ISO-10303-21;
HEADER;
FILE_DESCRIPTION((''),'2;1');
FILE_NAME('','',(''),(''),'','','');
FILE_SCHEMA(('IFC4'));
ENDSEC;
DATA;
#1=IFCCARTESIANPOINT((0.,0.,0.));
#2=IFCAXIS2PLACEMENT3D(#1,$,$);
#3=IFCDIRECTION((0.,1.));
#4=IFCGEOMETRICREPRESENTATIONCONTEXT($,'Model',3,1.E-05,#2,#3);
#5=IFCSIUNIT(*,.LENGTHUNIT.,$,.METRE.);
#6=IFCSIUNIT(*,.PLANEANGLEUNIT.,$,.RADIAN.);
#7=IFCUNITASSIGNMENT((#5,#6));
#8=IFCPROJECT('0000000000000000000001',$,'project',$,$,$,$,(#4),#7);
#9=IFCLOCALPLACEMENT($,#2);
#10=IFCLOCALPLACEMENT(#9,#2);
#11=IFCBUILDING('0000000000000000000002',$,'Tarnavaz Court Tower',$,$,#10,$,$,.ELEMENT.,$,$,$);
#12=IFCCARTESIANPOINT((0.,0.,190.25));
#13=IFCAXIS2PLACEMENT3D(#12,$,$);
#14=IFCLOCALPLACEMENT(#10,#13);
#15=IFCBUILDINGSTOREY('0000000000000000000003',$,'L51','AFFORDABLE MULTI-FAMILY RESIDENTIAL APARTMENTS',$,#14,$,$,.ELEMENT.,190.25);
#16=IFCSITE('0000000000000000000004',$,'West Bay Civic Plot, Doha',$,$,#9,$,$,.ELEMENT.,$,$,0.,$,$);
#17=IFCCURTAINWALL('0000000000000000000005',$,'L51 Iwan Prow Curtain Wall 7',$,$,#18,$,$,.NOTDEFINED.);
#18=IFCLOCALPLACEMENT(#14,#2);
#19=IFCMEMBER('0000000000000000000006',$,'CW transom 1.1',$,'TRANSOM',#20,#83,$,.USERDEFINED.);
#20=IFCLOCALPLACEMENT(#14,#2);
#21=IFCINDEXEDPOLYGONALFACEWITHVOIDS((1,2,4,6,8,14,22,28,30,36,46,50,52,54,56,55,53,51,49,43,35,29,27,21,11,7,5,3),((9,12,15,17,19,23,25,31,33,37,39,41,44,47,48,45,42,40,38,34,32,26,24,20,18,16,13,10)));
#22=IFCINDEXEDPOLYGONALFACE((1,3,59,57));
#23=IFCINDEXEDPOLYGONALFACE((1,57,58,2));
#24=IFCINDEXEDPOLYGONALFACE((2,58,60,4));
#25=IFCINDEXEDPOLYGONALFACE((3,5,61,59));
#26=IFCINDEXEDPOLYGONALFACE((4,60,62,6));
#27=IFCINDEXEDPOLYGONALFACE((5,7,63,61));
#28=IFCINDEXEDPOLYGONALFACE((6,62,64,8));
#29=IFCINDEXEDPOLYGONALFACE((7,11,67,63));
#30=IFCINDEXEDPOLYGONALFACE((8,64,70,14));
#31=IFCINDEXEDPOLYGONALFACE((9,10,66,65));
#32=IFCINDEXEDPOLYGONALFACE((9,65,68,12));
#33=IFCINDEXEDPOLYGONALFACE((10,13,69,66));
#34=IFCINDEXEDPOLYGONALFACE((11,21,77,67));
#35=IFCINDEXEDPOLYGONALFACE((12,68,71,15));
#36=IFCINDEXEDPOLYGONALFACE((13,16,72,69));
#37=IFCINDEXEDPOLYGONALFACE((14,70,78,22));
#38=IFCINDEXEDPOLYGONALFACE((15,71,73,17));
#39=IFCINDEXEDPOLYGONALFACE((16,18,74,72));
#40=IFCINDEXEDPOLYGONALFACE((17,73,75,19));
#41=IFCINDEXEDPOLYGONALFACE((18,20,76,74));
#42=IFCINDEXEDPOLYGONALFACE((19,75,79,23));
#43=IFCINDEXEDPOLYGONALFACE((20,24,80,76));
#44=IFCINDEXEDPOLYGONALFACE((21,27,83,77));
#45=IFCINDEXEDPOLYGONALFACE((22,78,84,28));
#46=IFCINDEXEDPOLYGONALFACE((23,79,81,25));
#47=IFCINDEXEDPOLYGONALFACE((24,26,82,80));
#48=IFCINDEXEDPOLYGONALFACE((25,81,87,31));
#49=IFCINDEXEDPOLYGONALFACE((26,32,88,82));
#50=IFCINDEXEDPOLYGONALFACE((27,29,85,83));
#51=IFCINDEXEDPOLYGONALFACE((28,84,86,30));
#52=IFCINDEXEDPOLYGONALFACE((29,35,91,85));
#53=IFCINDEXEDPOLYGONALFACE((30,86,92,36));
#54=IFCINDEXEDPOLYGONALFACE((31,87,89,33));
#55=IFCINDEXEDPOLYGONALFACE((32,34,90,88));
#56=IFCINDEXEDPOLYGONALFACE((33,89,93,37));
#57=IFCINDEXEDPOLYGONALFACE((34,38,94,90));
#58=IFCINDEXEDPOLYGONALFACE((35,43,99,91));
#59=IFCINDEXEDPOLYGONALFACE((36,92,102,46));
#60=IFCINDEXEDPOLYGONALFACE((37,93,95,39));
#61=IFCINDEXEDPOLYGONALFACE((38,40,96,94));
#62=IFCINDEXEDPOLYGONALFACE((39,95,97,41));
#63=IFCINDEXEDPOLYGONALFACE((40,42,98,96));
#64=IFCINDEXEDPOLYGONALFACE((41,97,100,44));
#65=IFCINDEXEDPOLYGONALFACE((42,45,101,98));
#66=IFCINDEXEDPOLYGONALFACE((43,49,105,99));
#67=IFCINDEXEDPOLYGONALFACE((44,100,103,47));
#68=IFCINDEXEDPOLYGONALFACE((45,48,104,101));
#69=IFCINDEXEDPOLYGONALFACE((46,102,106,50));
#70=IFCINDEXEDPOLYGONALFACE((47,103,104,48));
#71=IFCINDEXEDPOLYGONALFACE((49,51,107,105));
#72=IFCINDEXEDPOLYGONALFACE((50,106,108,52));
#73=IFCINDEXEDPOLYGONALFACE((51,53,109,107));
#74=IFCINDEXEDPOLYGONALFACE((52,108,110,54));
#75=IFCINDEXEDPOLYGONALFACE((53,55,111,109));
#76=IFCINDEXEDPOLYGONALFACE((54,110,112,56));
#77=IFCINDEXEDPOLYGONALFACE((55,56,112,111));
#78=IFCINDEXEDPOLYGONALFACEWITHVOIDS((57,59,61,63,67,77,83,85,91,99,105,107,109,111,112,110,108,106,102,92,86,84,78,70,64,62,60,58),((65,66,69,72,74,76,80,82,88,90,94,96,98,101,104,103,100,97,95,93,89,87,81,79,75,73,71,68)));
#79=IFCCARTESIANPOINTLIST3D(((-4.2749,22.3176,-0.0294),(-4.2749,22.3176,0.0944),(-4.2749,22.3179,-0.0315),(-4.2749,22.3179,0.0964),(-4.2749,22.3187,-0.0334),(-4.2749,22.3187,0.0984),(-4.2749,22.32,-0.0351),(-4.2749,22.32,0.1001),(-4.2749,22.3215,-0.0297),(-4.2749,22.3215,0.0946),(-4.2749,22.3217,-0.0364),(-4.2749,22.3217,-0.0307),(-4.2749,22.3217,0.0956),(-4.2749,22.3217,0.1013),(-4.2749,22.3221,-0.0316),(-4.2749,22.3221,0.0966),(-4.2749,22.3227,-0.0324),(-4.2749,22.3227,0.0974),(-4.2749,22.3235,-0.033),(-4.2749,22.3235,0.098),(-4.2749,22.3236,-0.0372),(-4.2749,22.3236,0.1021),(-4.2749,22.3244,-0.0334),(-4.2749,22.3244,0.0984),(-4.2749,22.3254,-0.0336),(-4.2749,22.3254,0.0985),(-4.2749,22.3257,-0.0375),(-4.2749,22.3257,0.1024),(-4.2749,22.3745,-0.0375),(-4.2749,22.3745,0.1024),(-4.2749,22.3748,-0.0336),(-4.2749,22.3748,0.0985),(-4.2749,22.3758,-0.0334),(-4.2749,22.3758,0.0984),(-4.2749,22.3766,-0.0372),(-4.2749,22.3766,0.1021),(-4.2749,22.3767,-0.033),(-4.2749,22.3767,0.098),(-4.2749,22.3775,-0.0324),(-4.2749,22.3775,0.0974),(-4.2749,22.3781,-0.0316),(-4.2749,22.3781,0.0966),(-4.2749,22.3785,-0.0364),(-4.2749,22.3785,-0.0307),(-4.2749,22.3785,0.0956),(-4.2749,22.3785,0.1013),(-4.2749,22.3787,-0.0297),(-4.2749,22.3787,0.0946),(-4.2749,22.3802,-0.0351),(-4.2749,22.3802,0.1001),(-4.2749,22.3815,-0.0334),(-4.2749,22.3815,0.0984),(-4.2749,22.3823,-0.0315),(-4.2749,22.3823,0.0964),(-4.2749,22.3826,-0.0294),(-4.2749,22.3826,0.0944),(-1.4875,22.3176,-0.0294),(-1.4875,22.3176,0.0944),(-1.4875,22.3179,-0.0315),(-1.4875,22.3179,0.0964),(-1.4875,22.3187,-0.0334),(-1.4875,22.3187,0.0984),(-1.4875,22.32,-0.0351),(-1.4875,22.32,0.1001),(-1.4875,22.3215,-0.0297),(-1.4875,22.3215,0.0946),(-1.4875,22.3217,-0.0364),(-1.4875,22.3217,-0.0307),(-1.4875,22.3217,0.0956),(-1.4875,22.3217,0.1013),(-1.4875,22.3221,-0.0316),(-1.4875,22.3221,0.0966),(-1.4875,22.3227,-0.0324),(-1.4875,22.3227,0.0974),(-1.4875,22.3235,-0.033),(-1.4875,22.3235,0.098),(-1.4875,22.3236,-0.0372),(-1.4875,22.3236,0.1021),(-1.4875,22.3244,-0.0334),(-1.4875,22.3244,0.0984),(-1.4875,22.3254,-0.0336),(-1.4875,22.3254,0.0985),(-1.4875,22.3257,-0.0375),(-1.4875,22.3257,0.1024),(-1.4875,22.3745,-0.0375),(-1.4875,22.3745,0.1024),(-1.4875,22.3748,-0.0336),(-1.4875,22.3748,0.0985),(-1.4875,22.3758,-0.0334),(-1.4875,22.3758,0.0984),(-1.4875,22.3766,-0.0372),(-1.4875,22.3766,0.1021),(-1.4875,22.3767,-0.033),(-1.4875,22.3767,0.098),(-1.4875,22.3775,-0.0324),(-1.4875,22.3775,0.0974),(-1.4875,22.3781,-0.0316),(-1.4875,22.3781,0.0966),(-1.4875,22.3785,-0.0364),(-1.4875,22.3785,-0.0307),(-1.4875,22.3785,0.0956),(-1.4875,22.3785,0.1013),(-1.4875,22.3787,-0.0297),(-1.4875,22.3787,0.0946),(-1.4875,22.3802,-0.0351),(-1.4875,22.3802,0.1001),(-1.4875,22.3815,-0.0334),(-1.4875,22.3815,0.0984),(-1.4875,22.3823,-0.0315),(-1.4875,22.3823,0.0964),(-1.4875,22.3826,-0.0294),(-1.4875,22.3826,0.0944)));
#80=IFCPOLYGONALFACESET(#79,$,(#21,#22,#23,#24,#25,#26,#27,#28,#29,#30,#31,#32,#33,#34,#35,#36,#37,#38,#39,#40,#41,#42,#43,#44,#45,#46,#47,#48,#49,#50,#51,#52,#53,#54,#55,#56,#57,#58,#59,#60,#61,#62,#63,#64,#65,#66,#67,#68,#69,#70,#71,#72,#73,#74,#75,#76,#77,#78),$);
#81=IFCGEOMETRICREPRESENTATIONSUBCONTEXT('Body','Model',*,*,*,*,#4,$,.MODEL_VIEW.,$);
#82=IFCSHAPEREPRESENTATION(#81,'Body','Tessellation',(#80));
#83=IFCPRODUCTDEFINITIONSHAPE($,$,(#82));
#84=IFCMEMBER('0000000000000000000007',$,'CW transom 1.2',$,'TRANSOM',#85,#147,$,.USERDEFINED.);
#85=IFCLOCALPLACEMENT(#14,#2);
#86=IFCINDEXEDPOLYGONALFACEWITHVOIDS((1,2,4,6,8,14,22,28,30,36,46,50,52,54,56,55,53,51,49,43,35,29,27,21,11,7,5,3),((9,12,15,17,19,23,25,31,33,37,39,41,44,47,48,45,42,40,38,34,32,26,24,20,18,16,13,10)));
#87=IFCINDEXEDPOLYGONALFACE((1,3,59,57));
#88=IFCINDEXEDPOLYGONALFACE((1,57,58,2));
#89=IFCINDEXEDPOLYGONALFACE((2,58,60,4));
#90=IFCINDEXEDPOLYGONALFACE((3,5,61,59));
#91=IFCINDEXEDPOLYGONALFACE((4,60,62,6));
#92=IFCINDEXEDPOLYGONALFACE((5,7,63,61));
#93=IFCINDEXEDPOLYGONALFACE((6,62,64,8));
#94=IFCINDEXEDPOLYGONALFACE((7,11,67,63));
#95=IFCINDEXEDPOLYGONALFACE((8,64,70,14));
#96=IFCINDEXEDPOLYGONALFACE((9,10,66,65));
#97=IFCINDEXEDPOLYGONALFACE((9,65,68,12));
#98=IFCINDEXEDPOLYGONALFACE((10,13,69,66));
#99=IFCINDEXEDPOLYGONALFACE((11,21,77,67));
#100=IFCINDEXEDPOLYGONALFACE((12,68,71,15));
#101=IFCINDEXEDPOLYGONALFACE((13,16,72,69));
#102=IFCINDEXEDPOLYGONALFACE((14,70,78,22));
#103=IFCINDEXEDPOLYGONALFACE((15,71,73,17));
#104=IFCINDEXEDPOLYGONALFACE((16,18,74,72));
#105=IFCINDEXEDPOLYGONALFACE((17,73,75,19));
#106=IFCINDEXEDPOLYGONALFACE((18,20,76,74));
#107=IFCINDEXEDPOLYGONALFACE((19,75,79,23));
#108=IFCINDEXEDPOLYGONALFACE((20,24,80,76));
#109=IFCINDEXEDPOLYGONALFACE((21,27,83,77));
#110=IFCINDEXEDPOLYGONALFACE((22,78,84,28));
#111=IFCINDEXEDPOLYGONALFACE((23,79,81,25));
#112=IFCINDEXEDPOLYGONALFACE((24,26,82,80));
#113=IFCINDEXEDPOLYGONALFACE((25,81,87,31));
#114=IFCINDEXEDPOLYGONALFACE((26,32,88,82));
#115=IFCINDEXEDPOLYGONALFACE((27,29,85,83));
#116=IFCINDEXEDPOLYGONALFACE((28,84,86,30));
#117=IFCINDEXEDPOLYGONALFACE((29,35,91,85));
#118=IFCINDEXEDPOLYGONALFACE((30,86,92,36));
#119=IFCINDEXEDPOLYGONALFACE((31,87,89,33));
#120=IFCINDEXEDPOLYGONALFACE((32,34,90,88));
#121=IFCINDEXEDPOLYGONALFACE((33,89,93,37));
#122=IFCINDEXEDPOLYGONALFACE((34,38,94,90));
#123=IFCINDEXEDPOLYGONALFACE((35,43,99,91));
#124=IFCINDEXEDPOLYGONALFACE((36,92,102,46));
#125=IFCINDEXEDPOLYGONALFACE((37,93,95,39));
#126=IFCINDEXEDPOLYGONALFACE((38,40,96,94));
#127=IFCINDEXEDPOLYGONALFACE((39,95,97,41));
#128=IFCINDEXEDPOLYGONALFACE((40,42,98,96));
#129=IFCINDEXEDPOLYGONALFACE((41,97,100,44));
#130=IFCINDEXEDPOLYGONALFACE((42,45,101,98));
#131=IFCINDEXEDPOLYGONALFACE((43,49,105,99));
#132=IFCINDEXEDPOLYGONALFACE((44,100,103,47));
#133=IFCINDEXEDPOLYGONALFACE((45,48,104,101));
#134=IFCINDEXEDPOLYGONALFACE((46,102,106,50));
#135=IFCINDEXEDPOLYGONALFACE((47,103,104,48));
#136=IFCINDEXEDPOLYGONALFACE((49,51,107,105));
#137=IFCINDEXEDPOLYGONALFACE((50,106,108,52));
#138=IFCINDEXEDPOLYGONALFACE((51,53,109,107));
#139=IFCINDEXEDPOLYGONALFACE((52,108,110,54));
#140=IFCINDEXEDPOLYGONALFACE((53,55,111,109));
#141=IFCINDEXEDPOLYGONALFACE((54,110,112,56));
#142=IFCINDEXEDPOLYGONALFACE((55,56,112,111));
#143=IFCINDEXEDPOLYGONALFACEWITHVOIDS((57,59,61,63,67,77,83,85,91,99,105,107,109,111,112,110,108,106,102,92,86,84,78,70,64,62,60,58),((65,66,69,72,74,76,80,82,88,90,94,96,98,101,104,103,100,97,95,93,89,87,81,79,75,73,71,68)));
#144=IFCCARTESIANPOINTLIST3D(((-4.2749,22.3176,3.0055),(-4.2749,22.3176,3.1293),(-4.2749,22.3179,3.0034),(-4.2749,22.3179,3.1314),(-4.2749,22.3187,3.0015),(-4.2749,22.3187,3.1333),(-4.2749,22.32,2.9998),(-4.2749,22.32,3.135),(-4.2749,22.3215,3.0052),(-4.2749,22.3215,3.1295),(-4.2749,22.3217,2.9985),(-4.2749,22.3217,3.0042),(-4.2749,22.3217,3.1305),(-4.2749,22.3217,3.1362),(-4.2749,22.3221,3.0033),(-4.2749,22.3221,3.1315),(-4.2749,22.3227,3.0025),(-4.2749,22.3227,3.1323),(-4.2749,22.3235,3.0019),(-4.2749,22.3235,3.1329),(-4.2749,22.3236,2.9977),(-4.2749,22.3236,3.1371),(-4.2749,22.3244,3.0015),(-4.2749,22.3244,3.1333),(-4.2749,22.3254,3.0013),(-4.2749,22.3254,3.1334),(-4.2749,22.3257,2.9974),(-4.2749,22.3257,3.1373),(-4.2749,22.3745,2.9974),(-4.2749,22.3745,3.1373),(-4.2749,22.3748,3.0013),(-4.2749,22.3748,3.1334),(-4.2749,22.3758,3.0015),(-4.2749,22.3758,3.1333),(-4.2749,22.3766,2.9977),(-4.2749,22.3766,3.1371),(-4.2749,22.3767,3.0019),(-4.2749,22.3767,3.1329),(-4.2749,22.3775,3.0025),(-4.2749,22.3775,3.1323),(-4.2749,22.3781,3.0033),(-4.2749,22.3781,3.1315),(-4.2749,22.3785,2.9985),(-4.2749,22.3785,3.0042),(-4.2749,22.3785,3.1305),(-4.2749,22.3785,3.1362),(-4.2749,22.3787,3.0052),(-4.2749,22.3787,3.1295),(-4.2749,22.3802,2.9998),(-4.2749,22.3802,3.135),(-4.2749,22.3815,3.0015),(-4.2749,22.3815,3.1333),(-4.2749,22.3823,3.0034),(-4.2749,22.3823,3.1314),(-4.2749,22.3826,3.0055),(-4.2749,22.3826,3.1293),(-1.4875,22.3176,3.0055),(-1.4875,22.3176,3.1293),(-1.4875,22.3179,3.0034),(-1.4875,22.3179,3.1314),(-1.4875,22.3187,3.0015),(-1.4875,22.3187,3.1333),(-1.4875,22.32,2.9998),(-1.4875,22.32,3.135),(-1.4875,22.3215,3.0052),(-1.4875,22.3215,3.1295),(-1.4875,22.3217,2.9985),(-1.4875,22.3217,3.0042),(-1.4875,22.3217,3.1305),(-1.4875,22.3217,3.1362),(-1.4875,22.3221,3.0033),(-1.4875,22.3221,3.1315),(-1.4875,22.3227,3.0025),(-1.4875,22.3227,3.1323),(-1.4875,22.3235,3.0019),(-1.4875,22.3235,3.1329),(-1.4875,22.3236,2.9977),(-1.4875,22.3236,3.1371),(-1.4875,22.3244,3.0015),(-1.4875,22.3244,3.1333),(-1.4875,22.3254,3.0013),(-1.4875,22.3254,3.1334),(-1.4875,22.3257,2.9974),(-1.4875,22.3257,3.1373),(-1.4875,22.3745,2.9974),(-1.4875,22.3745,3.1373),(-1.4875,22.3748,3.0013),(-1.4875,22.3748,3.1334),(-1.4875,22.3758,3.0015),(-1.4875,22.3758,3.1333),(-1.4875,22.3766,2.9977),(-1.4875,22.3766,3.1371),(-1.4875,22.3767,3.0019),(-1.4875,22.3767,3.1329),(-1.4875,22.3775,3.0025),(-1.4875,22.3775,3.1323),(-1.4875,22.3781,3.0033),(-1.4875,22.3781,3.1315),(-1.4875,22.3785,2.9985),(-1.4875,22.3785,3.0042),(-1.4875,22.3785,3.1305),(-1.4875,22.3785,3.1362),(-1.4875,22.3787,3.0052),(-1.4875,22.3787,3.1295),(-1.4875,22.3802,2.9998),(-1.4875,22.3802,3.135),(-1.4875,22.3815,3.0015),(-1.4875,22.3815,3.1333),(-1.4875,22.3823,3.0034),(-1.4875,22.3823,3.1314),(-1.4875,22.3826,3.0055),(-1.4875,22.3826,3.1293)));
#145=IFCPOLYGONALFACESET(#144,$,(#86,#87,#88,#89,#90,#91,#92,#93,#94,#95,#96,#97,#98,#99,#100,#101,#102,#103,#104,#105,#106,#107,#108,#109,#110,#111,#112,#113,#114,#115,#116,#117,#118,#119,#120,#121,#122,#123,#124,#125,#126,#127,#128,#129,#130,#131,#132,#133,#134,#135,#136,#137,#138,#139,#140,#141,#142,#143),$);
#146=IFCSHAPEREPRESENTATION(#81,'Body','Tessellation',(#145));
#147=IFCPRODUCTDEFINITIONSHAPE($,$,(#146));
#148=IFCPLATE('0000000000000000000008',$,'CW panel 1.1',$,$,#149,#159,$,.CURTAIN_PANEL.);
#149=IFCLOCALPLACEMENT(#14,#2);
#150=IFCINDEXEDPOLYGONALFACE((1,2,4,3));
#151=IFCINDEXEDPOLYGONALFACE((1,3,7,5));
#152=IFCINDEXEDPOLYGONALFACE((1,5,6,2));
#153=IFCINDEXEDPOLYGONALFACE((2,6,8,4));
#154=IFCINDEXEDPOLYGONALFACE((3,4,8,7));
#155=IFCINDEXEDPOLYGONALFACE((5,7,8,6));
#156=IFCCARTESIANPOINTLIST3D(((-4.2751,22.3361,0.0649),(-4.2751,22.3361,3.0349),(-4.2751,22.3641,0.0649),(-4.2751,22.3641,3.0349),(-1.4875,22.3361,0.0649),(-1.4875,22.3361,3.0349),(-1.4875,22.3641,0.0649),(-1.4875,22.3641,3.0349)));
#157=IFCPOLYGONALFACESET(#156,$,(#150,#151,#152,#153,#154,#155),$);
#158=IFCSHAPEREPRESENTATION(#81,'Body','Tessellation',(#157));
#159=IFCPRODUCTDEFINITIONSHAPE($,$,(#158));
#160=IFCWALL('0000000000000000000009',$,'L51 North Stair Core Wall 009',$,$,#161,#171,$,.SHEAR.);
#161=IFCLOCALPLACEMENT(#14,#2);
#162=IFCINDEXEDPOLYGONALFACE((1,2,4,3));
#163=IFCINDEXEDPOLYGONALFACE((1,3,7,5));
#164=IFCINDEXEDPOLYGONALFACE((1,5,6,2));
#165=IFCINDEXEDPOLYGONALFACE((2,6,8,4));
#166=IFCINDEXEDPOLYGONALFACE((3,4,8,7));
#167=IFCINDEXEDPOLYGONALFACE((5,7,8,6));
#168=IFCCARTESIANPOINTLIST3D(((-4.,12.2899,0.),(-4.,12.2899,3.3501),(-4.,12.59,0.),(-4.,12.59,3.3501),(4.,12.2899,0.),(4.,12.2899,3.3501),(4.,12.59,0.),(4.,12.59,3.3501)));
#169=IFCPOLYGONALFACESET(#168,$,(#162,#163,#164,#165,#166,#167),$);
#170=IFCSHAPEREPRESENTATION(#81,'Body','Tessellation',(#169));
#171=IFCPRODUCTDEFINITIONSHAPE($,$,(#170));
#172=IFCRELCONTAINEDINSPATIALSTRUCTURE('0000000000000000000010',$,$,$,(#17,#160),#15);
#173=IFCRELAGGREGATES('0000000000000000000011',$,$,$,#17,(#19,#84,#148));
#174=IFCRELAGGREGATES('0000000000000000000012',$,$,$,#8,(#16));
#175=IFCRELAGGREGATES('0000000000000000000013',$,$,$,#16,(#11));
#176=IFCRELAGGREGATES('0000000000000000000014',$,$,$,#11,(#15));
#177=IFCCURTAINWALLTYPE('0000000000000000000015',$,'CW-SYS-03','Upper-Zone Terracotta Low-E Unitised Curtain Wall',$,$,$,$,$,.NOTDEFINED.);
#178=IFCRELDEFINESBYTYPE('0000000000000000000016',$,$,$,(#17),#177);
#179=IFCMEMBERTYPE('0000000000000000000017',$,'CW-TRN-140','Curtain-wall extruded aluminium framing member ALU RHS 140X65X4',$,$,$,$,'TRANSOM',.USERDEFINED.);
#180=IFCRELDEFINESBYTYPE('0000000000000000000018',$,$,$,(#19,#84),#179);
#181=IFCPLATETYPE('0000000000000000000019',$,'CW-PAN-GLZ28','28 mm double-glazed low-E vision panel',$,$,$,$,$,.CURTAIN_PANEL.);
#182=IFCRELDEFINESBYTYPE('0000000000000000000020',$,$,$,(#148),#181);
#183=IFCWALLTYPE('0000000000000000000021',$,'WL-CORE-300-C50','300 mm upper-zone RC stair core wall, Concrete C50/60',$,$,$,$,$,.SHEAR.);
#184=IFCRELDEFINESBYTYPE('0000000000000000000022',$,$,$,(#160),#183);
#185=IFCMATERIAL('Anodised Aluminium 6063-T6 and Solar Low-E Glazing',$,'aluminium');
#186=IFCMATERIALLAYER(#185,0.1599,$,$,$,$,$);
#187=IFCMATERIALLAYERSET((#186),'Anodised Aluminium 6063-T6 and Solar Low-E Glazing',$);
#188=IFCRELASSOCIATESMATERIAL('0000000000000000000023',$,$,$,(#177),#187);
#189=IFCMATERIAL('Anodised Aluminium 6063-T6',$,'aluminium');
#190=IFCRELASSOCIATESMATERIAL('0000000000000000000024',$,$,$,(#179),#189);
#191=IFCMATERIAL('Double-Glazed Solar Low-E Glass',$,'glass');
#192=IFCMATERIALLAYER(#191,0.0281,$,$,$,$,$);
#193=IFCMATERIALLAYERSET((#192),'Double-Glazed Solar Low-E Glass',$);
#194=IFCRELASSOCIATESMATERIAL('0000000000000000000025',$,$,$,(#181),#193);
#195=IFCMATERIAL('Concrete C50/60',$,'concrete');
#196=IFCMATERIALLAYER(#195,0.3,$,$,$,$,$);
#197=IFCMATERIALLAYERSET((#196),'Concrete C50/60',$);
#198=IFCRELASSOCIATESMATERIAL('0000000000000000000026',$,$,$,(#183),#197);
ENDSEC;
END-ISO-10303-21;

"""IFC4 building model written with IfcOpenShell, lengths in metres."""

from ifc_helpers import new_model, si_unit, direction, frame, frame_2d, origin, origin_2d, place, context, subcontext, project, spatial, rectangle, hollow_rectangle, extrude, material, layer, layer_set, material_profile, profile_set, type_object, element, aggregate, save


model = new_model("IFC4")

# Units and contexts
model_context = context("Model", 3, precision=1e-05, world=origin(), true_north=direction((0.0, 1.0)))
body_context = subcontext(model_context, "Body", "Model", "MODEL_VIEW")
ifc_project = project(units=[si_unit("LENGTHUNIT", "METRE"), si_unit("PLANEANGLEUNIT", "RADIAN")], contexts=[model_context])

# Site, building, storey
site_placement = place(None, origin())
site = spatial("IfcSite", under=ifc_project, at=site_placement, Name="West Bay Civic Plot, Doha", CompositionType="ELEMENT", RefElevation=0.0)
building_placement = place(site_placement, origin())
building = spatial("IfcBuilding", under=site, at=building_placement, Name="Tarnavaz Court Tower", CompositionType="ELEMENT")
storey_placement = place(building_placement, frame((0.0, 0.0, 190.25)))
storey = spatial("IfcBuildingStorey", under=building, at=storey_placement, Name="L51", Description="AFFORDABLE MULTI-FAMILY RESIDENTIAL APARTMENTS", CompositionType="ELEMENT", Elevation=190.25)

# Shared definitions
ifc_material_1 = material(Name="Concrete C50/60", Category="concrete")

# Curtain wall, members, plate
ifc_material_2 = material(Name="Anodised Aluminium 6063-T6 and Solar Low-E Glazing", Category="aluminium")
ifc_layer_1 = layer(ifc_material_2, 0.1599)
ifc_layer_set_1 = layer_set([ifc_layer_1], Name="Anodised Aluminium 6063-T6 and Solar Low-E Glazing")
curtain_wall_type = type_object("IfcCurtainWallType", Name="CW-SYS-03", Description="Upper-Zone Terracotta Low-E Unitised Curtain Wall", PredefinedType="NOTDEFINED", material=ifc_layer_set_1)
curtain_wall_placement = place(storey_placement, origin())
curtain_wall = element("IfcCurtainWall", 1, at=curtain_wall_placement, inside=storey, type_object=curtain_wall_type, Name="L51 Iwan Prow Curtain Wall 7", PredefinedType="NOTDEFINED")
ifc_material_3 = material(Name="Anodised Aluminium 6063-T6", Category="aluminium")
ifc_material_profile_1 = material_profile(ifc_material_3, hollow_rectangle(XDim=0.0649, YDim=0.1399, WallThickness=0.0039, InnerFilletRadius=0.0039, OuterFilletRadius=0.0081, at=origin_2d()), Name="ALU RHS 140X65X4")
ifc_profile_set_1 = profile_set([ifc_material_profile_1], Name="Anodised Aluminium 6063-T6")
member_type_1 = type_object("IfcMemberType", Name="CW-TRN-140", Description="Curtain-wall extruded aluminium framing member ALU RHS 140X65X4", ElementType="TRANSOM", PredefinedType="USERDEFINED", material=ifc_profile_set_1)
member_1_placement = place(storey_placement, frame((-4.2749, 22.3501, 0.0325), z_axis=(1.0, 0.0, 0.0), x_axis=(0.0, 1.0, 0.0)))
member_1 = element("IfcMember", 2, at=member_1_placement, type_object=member_type_1, Name="CW transom 1.1", ObjectType="TRANSOM", PredefinedType="USERDEFINED", context=body_context, shape_type="SweptSolid", body=[
    extrude(hollow_rectangle(XDim=0.0649, YDim=0.1399, WallThickness=0.0039, InnerFilletRadius=0.0039, OuterFilletRadius=0.0081, at=origin_2d()), origin(), (0.0, 0.0, 1.0), 2.7874),
])
member_2_placement = place(storey_placement, frame((-4.2749, 22.3501, 3.0674), z_axis=(1.0, 0.0, 0.0), x_axis=(0.0, 1.0, 0.0)))
member_2 = element("IfcMember", 3, at=member_2_placement, type_object=member_type_1, Name="CW transom 1.2", ObjectType="TRANSOM", PredefinedType="USERDEFINED", context=body_context, shape_type="SweptSolid", body=[
    extrude(hollow_rectangle(XDim=0.0649, YDim=0.1399, WallThickness=0.0039, InnerFilletRadius=0.0039, OuterFilletRadius=0.0081, at=origin_2d()), origin(), (0.0, 0.0, 1.0), 2.7874),
])
ifc_material_4 = material(Name="Double-Glazed Solar Low-E Glass", Category="glass")
ifc_layer_2 = layer(ifc_material_4, 0.0281)
ifc_layer_set_2 = layer_set([ifc_layer_2], Name="Double-Glazed Solar Low-E Glass")
plate_type = type_object("IfcPlateType", Name="CW-PAN-GLZ28", Description="28 mm double-glazed low-E vision panel", PredefinedType="CURTAIN_PANEL", material=ifc_layer_set_2)
plate_placement = place(storey_placement, frame((-2.8813, 22.3501, 0.0649), z_axis=(0.0, 0.0, 1.0), x_axis=(1.0, 0.0, 0.0)))
plate = element("IfcPlate", 4, at=plate_placement, type_object=plate_type, Name="CW panel 1.1", PredefinedType="CURTAIN_PANEL", context=body_context, shape_type="SweptSolid", body=[
    extrude(rectangle(XDim=2.7876, YDim=0.0281, at=origin_2d()), origin(), (0.0, 0.0, 1.0), 2.97),
])
aggregate(curtain_wall, [member_1, member_2, plate])

# Wall
ifc_layer_3 = layer(ifc_material_1, 0.3)
ifc_layer_set_3 = layer_set([ifc_layer_3], Name="Concrete C50/60")
wall_type_1 = type_object("IfcWallType", Name="WL-CORE-300-C50", Description="300 mm upper-zone RC stair core wall, Concrete C50/60", PredefinedType="SHEAR", material=ifc_layer_set_3)
wall_1_placement = place(storey_placement, frame((-4.0, 12.4399, 0.0), z_axis=(0.0, 0.0, 1.0), x_axis=(1.0, 0.0, 0.0)))
element("IfcWall", 5, at=wall_1_placement, inside=storey, type_object=wall_type_1, Name="L51 North Stair Core Wall 009", PredefinedType="SHEAR", context=body_context, shape_type="SweptSolid", body=[
    extrude(rectangle(XDim=8.0, YDim=0.3, at=frame_2d((4.0, 0.0))), origin(), (0.0, 0.0, 1.0), 3.3501),
])

save(model, "model.ifc")
